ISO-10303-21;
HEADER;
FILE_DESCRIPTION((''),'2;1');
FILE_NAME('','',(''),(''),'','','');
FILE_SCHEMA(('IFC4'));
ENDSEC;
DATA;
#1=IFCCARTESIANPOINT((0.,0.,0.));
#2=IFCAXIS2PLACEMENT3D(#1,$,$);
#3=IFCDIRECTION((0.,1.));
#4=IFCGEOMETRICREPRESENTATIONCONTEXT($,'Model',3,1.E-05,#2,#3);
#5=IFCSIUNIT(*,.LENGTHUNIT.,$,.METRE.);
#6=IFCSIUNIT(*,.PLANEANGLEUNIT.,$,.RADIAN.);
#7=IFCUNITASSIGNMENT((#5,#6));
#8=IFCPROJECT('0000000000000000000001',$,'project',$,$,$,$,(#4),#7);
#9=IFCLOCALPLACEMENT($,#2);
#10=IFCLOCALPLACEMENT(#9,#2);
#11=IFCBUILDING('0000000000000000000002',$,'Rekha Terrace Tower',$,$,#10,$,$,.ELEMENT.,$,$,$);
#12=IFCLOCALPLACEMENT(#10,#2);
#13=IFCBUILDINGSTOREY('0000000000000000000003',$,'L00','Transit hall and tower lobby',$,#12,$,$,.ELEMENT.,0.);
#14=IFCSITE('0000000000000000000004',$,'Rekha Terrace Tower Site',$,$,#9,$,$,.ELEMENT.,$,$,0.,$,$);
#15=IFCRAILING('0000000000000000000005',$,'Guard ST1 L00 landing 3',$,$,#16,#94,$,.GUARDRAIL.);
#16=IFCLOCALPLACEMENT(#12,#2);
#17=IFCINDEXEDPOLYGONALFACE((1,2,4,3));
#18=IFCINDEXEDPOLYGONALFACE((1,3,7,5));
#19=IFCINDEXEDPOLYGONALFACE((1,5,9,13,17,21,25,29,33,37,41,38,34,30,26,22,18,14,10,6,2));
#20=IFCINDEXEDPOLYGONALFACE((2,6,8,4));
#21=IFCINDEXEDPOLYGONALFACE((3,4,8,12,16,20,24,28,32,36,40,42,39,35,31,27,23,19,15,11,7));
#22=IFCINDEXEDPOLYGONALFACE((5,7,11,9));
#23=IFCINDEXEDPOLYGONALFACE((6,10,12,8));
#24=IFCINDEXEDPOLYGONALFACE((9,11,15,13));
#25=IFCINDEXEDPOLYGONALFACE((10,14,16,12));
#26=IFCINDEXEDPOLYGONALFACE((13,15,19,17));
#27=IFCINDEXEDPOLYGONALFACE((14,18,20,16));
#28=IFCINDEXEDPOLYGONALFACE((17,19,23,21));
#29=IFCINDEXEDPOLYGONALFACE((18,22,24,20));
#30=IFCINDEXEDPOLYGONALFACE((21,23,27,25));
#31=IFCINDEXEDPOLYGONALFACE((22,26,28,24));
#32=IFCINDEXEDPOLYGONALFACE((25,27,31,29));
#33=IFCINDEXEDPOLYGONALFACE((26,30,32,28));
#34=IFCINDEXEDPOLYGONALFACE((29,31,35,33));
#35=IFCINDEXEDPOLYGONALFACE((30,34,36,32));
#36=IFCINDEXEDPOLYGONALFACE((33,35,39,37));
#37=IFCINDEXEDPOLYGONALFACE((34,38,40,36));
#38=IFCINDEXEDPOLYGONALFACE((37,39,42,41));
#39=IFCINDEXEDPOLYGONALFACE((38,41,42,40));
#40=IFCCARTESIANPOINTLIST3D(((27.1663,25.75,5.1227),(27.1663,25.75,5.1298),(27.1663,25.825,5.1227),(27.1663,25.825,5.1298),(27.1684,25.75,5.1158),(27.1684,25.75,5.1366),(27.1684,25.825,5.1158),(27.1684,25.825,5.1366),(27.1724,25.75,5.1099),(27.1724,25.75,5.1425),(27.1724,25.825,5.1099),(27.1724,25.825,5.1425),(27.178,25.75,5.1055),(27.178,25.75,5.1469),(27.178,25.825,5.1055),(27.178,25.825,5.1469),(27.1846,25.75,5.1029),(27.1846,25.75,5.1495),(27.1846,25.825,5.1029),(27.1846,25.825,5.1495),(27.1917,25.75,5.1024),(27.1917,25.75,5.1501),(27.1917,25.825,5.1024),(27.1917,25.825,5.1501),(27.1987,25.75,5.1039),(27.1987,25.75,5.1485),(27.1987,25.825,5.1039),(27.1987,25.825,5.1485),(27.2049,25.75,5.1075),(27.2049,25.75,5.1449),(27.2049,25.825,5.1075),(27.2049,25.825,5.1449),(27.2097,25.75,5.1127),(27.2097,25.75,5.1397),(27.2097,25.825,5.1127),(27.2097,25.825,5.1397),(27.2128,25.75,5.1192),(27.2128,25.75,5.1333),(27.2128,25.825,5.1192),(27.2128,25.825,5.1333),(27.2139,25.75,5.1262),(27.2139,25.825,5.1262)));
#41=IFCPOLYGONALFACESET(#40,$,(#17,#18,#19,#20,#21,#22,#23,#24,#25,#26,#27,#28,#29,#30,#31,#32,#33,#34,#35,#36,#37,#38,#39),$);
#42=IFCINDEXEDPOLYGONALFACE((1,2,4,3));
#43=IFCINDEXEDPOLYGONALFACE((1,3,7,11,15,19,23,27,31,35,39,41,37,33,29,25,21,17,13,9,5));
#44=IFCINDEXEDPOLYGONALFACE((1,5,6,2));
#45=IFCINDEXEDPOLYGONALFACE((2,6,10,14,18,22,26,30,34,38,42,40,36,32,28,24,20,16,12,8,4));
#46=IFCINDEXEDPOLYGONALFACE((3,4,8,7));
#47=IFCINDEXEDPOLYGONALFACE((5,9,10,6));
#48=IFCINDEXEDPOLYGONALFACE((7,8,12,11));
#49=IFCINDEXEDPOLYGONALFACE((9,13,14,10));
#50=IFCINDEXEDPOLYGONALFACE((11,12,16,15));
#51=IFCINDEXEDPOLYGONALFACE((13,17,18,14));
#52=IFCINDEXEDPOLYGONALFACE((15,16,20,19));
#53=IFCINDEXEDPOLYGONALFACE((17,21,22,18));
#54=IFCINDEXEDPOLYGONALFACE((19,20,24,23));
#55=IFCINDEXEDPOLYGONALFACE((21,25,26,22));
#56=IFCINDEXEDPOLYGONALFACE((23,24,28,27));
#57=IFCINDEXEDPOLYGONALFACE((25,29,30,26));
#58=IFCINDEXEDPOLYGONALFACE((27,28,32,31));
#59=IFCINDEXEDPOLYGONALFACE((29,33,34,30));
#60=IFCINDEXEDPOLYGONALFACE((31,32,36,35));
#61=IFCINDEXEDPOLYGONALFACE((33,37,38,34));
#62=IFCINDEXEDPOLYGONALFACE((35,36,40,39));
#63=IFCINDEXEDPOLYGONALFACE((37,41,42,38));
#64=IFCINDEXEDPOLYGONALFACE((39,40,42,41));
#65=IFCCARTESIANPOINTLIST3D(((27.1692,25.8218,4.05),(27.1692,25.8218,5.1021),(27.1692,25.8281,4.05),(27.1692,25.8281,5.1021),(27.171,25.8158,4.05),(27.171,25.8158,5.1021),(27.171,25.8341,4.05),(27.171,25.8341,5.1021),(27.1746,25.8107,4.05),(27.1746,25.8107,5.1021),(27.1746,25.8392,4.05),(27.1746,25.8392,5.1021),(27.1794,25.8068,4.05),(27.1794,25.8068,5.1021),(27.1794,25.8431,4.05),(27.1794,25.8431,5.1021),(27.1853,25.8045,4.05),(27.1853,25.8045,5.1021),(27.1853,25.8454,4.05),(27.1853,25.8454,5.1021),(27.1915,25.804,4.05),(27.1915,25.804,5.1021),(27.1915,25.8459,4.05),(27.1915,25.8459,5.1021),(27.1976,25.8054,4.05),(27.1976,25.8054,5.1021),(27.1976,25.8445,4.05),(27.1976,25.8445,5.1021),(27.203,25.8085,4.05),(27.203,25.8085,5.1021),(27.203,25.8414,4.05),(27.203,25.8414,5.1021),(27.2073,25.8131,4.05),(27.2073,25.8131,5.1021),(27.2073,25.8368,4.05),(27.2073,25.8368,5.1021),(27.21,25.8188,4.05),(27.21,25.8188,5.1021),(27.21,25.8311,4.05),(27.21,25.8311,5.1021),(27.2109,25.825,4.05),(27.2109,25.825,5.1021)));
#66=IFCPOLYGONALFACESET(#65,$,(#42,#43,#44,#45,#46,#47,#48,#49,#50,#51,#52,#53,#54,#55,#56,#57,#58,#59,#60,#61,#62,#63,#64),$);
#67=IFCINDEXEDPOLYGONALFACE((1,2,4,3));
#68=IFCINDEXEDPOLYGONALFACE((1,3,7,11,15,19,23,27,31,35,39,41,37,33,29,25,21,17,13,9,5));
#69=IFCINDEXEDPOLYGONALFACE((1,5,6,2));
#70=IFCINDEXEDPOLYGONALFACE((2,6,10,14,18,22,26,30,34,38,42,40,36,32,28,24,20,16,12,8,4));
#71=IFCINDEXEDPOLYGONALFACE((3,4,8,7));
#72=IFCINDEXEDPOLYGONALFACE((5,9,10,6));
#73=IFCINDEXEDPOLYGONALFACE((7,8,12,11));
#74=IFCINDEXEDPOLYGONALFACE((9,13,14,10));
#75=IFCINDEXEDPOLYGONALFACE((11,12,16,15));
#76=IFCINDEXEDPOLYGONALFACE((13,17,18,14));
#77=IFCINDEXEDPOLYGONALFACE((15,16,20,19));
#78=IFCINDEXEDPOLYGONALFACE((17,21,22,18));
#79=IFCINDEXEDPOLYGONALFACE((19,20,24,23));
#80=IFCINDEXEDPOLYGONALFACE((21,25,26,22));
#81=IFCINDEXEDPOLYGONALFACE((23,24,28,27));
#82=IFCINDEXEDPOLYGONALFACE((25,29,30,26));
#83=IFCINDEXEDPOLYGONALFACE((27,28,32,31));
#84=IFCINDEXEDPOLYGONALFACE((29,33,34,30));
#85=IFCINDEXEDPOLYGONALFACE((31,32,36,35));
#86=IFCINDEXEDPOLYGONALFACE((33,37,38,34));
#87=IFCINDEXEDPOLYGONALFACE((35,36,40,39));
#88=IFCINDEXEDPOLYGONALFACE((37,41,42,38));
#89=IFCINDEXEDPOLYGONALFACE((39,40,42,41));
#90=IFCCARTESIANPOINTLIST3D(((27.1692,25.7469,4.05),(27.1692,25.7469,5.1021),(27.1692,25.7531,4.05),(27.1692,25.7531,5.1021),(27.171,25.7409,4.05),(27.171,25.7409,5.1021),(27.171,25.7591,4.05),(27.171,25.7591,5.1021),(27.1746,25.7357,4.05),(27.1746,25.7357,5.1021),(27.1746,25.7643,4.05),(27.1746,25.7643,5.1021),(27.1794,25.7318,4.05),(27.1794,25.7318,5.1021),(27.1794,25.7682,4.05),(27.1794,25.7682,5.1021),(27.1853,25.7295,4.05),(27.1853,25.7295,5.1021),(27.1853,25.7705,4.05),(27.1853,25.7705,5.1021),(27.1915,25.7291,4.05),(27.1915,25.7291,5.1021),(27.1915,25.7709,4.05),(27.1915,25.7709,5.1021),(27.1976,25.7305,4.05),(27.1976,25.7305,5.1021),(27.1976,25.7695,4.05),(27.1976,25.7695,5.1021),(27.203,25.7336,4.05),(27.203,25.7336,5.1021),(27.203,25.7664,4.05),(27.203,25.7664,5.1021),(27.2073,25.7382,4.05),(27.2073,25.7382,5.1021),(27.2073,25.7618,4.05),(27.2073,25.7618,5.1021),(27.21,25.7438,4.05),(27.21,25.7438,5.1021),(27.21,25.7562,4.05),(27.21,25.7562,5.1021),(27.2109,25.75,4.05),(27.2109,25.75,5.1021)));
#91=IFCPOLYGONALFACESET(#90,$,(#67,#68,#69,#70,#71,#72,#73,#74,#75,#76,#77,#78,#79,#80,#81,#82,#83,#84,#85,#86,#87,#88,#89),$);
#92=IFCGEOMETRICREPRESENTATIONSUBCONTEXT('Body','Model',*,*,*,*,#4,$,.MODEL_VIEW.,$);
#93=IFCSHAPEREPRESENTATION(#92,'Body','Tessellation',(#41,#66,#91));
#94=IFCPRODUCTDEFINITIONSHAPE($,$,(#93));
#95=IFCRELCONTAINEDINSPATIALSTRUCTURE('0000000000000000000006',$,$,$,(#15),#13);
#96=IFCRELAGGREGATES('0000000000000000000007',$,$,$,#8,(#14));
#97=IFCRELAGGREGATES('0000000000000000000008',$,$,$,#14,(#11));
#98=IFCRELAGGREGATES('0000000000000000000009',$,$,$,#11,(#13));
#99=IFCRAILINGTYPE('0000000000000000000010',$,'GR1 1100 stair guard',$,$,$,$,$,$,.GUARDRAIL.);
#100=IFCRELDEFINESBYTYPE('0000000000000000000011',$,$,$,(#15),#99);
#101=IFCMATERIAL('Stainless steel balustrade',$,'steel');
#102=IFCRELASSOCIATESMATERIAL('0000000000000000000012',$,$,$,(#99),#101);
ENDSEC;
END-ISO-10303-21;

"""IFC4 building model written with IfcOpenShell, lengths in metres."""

from ifc_helpers import new_model, si_unit, direction, frame, origin, origin_2d, place, context, subcontext, project, spatial, circle, extrude, material, type_object, element, save


model = new_model("IFC4")

# Units and contexts
model_context = context("Model", 3, precision=1e-05, world=origin(), true_north=direction((0.0, 1.0)))
body_context = subcontext(model_context, "Body", "Model", "MODEL_VIEW")
ifc_project = project(units=[si_unit("LENGTHUNIT", "METRE"), si_unit("PLANEANGLEUNIT", "RADIAN")], contexts=[model_context])

# Site, building, storey
site_placement = place(None, origin())
site = spatial("IfcSite", under=ifc_project, at=site_placement, Name="Rekha Terrace Tower Site", CompositionType="ELEMENT", RefElevation=0.0)
building_placement = place(site_placement, origin())
building = spatial("IfcBuilding", under=site, at=building_placement, Name="Rekha Terrace Tower", CompositionType="ELEMENT")
storey_placement = place(building_placement, origin())
storey = spatial("IfcBuildingStorey", under=building, at=storey_placement, Name="L00", Description="Transit hall and tower lobby", CompositionType="ELEMENT", Elevation=0.0)

# Railing
ifc_material_1 = material(Name="Stainless steel balustrade", Category="steel")
railing_type_1 = type_object("IfcRailingType", Name="GR1 1100 stair guard", PredefinedType="GUARDRAIL", material=ifc_material_1)
railing_1_placement = place(storey_placement, frame((27.1899, 25.825, 4.05)))
element("IfcRailing", 1, at=railing_1_placement, inside=storey, type_object=railing_type_1, Name="Guard ST1 L00 landing 3", PredefinedType="GUARDRAIL", context=body_context, shape_type="SweptSolid", body=[
    extrude(circle(Radius=0.0239, at=origin_2d()), frame((0.0, 0.0, 1.0762), z_axis=(0.0, -1.0, 0.0), x_axis=(1.0, 0.0, 0.0)), (0.0, 0.0, 1.0), 0.075),
    extrude(circle(Radius=0.021, at=origin_2d()), origin(), (0.0, 0.0, 1.0), 1.052),
    extrude(circle(Radius=0.021, at=origin_2d()), frame((0.0, -0.075, 0.0)), (0.0, 0.0, 1.0), 1.052),
])

save(model, "model.ifc")
